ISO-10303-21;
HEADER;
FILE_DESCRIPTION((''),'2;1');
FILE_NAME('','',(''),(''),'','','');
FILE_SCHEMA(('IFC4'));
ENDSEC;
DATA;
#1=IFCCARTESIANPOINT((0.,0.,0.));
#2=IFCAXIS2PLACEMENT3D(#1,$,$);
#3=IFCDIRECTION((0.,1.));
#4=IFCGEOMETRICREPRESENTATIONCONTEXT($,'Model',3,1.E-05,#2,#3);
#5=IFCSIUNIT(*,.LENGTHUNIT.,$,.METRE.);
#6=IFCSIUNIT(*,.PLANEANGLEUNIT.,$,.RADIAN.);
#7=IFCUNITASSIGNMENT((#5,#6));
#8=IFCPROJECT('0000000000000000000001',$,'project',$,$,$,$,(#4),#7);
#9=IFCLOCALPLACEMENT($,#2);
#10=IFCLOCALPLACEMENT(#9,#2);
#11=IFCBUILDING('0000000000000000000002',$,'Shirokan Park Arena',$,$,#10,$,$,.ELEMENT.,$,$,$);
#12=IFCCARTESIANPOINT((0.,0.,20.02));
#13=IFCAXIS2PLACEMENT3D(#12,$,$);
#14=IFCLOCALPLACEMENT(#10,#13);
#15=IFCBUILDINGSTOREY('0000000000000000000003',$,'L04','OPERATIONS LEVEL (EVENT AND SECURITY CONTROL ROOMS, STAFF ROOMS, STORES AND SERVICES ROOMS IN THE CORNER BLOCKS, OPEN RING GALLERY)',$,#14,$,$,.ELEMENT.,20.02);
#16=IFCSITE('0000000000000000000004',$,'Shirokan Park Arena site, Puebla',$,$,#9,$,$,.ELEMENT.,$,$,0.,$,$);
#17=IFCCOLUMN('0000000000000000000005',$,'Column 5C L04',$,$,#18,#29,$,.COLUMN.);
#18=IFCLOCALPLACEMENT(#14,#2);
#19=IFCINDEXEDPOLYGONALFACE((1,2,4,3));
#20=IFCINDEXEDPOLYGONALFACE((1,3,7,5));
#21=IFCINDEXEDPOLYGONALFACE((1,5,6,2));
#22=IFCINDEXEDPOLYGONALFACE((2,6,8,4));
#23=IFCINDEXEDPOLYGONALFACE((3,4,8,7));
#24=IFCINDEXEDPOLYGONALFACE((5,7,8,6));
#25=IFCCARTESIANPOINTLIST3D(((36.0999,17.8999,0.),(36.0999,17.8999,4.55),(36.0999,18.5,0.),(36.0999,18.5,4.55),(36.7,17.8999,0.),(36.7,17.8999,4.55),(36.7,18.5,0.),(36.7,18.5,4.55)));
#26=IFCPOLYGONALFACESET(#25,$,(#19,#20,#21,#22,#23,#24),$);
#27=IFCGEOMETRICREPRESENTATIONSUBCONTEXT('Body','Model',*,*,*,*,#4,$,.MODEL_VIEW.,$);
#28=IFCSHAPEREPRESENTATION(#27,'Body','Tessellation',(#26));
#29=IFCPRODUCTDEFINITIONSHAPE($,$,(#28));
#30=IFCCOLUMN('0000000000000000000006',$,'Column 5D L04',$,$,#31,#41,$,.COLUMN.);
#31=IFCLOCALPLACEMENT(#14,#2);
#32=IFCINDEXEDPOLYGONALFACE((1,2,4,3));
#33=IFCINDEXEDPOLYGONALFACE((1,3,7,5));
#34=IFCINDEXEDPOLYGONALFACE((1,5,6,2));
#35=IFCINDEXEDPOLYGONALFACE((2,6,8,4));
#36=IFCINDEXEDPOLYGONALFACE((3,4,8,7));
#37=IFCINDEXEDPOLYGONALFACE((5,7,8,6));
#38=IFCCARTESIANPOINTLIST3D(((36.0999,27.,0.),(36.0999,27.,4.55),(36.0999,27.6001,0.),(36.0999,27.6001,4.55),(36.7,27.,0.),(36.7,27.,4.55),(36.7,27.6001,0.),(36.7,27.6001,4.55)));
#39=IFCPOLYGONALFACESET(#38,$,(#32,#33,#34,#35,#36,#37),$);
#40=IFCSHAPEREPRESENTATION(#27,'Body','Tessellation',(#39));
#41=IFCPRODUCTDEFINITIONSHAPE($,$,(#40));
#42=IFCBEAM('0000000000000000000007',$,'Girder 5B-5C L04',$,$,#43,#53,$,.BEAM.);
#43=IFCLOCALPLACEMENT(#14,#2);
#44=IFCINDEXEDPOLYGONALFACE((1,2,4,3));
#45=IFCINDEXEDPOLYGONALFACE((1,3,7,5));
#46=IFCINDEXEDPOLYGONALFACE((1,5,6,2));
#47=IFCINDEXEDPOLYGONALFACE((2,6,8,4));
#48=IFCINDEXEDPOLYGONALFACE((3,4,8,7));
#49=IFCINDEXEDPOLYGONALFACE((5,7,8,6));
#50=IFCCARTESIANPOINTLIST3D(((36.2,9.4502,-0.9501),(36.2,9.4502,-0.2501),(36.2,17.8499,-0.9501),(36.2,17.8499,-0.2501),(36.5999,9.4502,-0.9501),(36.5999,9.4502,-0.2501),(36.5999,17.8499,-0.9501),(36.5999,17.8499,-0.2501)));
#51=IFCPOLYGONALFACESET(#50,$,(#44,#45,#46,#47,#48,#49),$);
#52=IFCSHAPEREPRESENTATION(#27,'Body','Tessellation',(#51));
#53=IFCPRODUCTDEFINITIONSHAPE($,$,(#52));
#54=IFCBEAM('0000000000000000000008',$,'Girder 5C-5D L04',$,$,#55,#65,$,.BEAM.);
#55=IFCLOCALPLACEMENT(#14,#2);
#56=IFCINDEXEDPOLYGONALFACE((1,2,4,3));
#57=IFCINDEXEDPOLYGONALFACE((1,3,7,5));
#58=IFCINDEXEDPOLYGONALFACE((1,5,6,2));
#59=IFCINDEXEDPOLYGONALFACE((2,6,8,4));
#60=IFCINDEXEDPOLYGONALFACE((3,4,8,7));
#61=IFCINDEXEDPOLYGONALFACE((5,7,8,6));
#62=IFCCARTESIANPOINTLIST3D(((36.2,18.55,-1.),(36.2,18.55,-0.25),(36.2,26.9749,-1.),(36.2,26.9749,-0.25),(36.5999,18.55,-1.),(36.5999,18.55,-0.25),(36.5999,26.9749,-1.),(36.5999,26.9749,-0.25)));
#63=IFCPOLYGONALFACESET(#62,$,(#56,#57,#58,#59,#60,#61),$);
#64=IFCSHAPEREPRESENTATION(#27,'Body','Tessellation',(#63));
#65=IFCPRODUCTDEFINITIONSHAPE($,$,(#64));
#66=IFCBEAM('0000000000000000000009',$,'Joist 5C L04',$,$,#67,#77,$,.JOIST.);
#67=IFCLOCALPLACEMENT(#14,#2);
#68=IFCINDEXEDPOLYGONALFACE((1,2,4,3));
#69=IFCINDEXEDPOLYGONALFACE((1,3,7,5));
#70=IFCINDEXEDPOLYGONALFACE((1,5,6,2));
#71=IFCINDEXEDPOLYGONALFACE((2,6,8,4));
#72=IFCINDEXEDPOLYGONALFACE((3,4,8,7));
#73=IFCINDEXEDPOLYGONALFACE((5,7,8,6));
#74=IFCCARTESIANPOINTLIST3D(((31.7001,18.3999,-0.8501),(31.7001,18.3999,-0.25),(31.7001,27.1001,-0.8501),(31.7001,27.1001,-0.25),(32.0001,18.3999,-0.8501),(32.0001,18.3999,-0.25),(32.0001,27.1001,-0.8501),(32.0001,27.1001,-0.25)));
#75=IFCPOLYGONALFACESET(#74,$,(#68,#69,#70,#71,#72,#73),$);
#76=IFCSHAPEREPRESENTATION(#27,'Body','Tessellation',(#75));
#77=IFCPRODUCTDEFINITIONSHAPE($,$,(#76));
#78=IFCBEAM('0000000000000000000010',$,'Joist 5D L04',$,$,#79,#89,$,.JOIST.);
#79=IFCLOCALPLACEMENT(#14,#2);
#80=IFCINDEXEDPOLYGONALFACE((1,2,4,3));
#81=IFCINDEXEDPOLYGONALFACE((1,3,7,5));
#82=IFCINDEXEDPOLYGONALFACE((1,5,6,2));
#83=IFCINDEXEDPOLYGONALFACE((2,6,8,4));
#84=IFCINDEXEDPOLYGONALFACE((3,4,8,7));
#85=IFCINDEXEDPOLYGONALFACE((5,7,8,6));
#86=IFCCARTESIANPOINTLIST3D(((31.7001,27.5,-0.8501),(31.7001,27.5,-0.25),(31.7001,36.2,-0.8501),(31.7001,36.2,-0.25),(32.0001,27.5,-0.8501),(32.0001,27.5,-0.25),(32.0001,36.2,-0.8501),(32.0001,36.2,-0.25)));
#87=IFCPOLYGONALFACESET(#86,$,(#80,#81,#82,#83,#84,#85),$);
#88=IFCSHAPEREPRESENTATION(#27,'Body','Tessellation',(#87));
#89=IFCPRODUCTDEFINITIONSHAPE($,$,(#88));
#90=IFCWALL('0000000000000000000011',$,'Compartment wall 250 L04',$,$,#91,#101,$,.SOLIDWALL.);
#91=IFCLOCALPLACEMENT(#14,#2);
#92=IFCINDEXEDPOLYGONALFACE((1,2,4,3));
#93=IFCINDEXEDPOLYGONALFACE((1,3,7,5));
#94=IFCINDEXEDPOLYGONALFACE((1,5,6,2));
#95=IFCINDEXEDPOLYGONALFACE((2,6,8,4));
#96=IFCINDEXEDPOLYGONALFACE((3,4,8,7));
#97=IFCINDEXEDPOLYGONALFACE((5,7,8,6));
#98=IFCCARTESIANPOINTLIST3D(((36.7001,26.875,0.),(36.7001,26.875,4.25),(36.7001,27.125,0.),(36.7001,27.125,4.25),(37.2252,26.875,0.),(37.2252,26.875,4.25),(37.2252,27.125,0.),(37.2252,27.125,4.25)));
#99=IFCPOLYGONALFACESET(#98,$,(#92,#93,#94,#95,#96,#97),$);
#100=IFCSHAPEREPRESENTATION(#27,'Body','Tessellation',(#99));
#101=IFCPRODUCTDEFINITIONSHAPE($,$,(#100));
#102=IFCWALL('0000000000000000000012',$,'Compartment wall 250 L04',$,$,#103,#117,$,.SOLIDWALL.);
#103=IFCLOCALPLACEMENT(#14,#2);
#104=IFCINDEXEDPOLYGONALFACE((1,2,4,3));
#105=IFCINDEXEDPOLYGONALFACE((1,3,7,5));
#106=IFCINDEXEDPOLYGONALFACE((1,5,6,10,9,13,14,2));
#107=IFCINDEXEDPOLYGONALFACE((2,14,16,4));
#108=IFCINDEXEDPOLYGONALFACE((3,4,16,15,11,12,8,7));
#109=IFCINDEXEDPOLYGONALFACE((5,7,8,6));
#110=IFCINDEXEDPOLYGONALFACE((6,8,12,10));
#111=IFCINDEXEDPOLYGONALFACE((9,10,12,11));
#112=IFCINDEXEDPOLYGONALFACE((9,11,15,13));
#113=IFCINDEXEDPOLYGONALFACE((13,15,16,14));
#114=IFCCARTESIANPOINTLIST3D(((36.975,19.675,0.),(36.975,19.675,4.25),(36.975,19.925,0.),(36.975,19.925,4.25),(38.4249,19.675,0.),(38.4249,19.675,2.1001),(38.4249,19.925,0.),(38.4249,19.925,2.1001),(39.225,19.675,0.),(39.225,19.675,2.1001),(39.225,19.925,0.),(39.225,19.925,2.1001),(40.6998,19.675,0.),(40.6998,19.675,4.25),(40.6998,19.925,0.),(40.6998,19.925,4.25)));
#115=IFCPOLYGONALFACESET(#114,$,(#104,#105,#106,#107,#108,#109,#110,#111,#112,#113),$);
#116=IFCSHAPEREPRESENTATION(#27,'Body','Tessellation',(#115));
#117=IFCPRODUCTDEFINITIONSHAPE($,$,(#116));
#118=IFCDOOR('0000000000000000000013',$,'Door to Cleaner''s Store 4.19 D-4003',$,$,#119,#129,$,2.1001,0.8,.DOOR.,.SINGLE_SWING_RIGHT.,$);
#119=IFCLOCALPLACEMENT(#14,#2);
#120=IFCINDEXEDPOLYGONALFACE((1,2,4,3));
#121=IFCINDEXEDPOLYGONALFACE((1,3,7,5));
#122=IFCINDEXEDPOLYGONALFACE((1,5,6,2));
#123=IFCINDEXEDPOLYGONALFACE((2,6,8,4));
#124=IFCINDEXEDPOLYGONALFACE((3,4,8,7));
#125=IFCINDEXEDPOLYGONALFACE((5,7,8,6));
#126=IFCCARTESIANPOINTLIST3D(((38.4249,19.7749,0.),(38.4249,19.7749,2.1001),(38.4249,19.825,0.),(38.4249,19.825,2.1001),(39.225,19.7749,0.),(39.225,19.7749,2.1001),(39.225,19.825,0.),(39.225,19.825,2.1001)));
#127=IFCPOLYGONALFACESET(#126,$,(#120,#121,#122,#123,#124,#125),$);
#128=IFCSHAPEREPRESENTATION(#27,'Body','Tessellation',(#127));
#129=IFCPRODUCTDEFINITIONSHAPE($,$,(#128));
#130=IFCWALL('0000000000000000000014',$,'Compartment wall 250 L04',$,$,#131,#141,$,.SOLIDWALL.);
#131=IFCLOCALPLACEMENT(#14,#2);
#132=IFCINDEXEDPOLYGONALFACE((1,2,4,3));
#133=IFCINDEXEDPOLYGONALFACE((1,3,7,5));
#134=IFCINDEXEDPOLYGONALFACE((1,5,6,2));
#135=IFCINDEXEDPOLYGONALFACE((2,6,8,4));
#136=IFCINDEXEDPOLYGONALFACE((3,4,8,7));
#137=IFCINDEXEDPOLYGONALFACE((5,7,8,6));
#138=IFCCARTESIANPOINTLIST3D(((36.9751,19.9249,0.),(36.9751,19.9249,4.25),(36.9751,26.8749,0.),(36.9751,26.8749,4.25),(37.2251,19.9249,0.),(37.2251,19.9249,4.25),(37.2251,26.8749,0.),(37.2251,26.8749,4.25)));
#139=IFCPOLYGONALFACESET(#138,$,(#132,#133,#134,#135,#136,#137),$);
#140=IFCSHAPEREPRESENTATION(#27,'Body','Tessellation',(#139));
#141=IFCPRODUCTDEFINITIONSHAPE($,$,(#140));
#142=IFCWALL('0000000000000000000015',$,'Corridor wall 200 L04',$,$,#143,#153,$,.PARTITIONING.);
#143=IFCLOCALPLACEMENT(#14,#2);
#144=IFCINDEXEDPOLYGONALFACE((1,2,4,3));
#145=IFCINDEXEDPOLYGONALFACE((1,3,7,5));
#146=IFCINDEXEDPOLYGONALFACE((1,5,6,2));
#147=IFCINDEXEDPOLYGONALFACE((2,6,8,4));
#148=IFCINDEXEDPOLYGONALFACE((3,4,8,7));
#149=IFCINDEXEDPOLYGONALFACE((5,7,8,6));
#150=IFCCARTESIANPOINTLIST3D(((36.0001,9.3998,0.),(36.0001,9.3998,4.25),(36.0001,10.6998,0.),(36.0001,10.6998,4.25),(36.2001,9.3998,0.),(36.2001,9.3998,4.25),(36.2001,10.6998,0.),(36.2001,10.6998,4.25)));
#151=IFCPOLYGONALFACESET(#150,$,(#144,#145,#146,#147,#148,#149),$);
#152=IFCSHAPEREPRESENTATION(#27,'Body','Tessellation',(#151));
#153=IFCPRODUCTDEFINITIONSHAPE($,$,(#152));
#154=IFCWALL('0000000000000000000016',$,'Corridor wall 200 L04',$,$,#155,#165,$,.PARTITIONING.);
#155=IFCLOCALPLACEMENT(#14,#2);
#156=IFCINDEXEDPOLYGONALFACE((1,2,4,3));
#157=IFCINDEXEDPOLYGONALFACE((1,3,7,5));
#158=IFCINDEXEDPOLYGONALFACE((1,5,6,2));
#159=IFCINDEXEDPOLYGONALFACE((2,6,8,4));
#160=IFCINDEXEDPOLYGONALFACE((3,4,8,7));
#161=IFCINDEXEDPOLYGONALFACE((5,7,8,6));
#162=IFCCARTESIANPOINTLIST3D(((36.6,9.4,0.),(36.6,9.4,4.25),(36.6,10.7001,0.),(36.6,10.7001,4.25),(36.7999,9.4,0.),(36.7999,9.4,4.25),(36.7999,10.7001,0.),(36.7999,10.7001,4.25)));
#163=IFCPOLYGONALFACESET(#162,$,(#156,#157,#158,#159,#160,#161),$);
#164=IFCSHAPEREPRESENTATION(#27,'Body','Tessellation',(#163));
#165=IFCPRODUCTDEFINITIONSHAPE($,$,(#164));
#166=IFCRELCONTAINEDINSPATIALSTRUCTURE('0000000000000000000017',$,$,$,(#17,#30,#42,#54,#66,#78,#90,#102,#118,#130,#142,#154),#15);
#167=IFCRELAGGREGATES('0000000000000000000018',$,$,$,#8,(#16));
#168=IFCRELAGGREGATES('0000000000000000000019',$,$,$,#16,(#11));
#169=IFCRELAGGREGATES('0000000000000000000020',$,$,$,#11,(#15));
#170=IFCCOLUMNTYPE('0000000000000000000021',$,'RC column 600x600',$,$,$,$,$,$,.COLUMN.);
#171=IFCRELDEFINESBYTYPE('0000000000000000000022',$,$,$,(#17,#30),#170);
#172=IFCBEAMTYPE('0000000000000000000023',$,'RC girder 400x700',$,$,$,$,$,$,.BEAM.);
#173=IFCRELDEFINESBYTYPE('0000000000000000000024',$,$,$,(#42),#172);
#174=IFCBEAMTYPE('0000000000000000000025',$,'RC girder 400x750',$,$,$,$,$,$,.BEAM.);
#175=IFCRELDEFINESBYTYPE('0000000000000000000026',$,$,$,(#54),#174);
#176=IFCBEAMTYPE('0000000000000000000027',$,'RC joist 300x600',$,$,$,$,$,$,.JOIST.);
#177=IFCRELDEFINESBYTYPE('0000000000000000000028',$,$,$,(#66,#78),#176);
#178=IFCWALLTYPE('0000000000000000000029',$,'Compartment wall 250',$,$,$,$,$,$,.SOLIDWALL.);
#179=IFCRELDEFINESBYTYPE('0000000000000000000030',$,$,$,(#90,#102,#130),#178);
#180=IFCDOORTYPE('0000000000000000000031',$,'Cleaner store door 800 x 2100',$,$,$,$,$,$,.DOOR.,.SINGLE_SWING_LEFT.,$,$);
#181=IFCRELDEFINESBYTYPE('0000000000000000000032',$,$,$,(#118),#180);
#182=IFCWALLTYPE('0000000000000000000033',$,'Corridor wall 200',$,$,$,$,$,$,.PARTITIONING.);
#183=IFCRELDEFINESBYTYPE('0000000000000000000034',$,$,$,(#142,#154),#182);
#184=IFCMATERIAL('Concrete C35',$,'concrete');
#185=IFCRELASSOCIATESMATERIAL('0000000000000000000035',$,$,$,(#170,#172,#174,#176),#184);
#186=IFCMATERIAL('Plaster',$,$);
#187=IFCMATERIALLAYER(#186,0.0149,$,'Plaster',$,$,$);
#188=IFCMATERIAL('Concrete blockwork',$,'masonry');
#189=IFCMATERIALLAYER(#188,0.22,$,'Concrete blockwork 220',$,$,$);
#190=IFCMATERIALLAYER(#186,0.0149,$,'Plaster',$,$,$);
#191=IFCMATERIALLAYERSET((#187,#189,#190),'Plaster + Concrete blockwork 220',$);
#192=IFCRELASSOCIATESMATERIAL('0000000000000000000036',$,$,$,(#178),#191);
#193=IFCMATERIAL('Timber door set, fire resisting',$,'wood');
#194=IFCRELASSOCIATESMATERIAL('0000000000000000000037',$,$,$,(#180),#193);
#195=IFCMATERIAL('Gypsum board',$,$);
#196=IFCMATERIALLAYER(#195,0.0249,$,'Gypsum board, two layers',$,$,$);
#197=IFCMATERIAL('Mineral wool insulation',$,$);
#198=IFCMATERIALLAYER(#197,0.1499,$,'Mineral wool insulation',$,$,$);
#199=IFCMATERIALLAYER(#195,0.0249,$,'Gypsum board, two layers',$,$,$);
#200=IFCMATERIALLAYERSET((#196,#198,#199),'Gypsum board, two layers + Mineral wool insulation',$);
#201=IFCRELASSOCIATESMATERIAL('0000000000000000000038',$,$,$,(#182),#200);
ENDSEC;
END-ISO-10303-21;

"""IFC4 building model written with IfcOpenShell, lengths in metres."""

from ifc_helpers import new_model, si_unit, direction, frame, frame_2d, origin, origin_2d, place, context, subcontext, project, spatial, rectangle, extrude, material, layer, layer_set, material_profile, profile_set, type_object, element, fill, save


model = new_model("IFC4")

# Units and contexts
model_context = context("Model", 3, precision=1e-05, world=origin(), true_north=direction((0.0, 1.0)))
body_context = subcontext(model_context, "Body", "Model", "MODEL_VIEW")
ifc_project = project(units=[si_unit("LENGTHUNIT", "METRE"), si_unit("PLANEANGLEUNIT", "RADIAN")], contexts=[model_context])

# Site, building, storey
site_placement = place(None, origin())
site = spatial("IfcSite", under=ifc_project, at=site_placement, Name="Shirokan Park Arena site, Puebla", CompositionType="ELEMENT", RefElevation=0.0)
building_placement = place(site_placement, origin())
building = spatial("IfcBuilding", under=site, at=building_placement, Name="Shirokan Park Arena", CompositionType="ELEMENT")
storey_placement = place(building_placement, frame((0.0, 0.0, 20.02)))
storey = spatial("IfcBuildingStorey", under=building, at=storey_placement, Name="L04", Description="OPERATIONS LEVEL (EVENT AND SECURITY CONTROL ROOMS, STAFF ROOMS, STORES AND SERVICES ROOMS IN THE CORNER BLOCKS, OPEN RING GALLERY)", CompositionType="ELEMENT", Elevation=20.02)

# Columns
ifc_material_1 = material(Name="Concrete C35", Category="concrete")
ifc_material_profile_1 = material_profile(ifc_material_1, rectangle(XDim=0.6001, YDim=0.6001, at=origin_2d()), Name="600x600")
ifc_profile_set_1 = profile_set([ifc_material_profile_1], Name="Concrete C35")
column_type = type_object("IfcColumnType", Name="RC column 600x600", PredefinedType="COLUMN", material=ifc_profile_set_1)
for number, where, z_axis, x_axis, name in (
    (1, (36.3999, 18.2, 0.0), (0.0, 0.0, 1.0), (1.0, 0.0, 0.0), "Column 5C L04"),
    (2, (36.3999, 27.3, 0.0), (0.0, 0.0, 1.0), (1.0, 0.0, 0.0), "Column 5D L04"),
):
    element("IfcColumn", number, at=place(storey_placement, frame(where, z_axis=z_axis, x_axis=x_axis)), inside=storey, type_object=column_type, Name=name, PredefinedType="COLUMN", context=body_context, shape_type="SweptSolid", body=[
        extrude(rectangle(XDim=0.6001, YDim=0.6001, at=origin_2d()), origin(), (0.0, 0.0, 1.0), 4.55),
    ])

# Beams
ifc_material_profile_2 = material_profile(ifc_material_1, rectangle(XDim=0.3999, YDim=0.7, at=origin_2d()), Name="400x700")
ifc_profile_set_2 = profile_set([ifc_material_profile_2], Name="Concrete C35")
beam_type_1 = type_object("IfcBeamType", Name="RC girder 400x700", PredefinedType="BEAM", material=ifc_profile_set_2)
beam_1_placement = place(storey_placement, frame((36.3999, 9.4502, -0.6001), z_axis=(0.0, 1.0, 0.0), x_axis=(-1.0, 0.0, 0.0)))
element("IfcBeam", 3, at=beam_1_placement, inside=storey, type_object=beam_type_1, Name="Girder 5B-5C L04", PredefinedType="BEAM", context=body_context, shape_type="SweptSolid", body=[
    extrude(rectangle(XDim=0.3999, YDim=0.7, at=origin_2d()), origin(), (0.0, 0.0, 1.0), 8.3997),
])
ifc_material_profile_3 = material_profile(ifc_material_1, rectangle(XDim=0.3999, YDim=0.75, at=origin_2d()), Name="400x750")
ifc_profile_set_3 = profile_set([ifc_material_profile_3], Name="Concrete C35")
beam_type_2 = type_object("IfcBeamType", Name="RC girder 400x750", PredefinedType="BEAM", material=ifc_profile_set_3)
beam_2_placement = place(storey_placement, frame((36.3999, 18.55, -0.625), z_axis=(0.0, 1.0, 0.0), x_axis=(-1.0, 0.0, 0.0)))
element("IfcBeam", 4, at=beam_2_placement, inside=storey, type_object=beam_type_2, Name="Girder 5C-5D L04", PredefinedType="BEAM", context=body_context, shape_type="SweptSolid", body=[
    extrude(rectangle(XDim=0.3999, YDim=0.75, at=origin_2d()), origin(), (0.0, 0.0, 1.0), 8.4248),
])
ifc_material_profile_4 = material_profile(ifc_material_1, rectangle(XDim=0.3, YDim=0.6001, at=origin_2d()), Name="300x600")
ifc_profile_set_4 = profile_set([ifc_material_profile_4], Name="Concrete C35")
beam_type_3 = type_object("IfcBeamType", Name="RC joist 300x600", PredefinedType="JOIST", material=ifc_profile_set_4)
beam_3_placement = place(storey_placement, frame((31.8501, 18.3999, -0.55), z_axis=(0.0, 1.0, 0.0), x_axis=(-1.0, 0.0, 0.0)))
element("IfcBeam", 5, at=beam_3_placement, inside=storey, type_object=beam_type_3, Name="Joist 5C L04", PredefinedType="JOIST", context=body_context, shape_type="SweptSolid", body=[
    extrude(rectangle(XDim=0.3, YDim=0.6001, at=origin_2d()), origin(), (0.0, 0.0, 1.0), 8.7002),
])
beam_4_placement = place(storey_placement, frame((31.8501, 27.5, -0.55), z_axis=(0.0, 1.0, 0.0), x_axis=(-1.0, 0.0, 0.0)))
element("IfcBeam", 6, at=beam_4_placement, inside=storey, type_object=beam_type_3, Name="Joist 5D L04", PredefinedType="JOIST", context=body_context, shape_type="SweptSolid", body=[
    extrude(rectangle(XDim=0.3, YDim=0.6001, at=origin_2d()), origin(), (0.0, 0.0, 1.0), 8.7),
])

# Wall
ifc_material_2 = material(Name="Plaster")
ifc_layer_1 = layer(ifc_material_2, 0.0149, Name="Plaster")
ifc_material_3 = material(Name="Concrete blockwork", Category="masonry")
ifc_layer_2 = layer(ifc_material_3, 0.22, Name="Concrete blockwork 220")
ifc_layer_3 = layer(ifc_material_2, 0.0149, Name="Plaster")
ifc_layer_set_1 = layer_set([ifc_layer_1, ifc_layer_2, ifc_layer_3], Name="Plaster + Concrete blockwork 220")
wall_type_1 = type_object("IfcWallType", Name="Compartment wall 250", PredefinedType="SOLIDWALL", material=ifc_layer_set_1)
wall_1_placement = place(storey_placement, frame((36.7, 27.0, 0.0), z_axis=(0.0, 0.0, 1.0), x_axis=(1.0, 0.0, 0.0)))
element("IfcWall", 7, at=wall_1_placement, inside=storey, type_object=wall_type_1, Name="Compartment wall 250 L04", PredefinedType="SOLIDWALL", context=body_context, shape_type="SweptSolid", body=[
    extrude(rectangle(XDim=0.5251, YDim=0.25, at=frame_2d((0.2627, 0.0))), origin(), (0.0, 0.0, 1.0), 4.25),
])

# Wall, opening, door
wall_2_placement = place(storey_placement, frame((36.9751, 19.8, 0.0), z_axis=(0.0, 0.0, 1.0), x_axis=(1.0, 0.0, 0.0)))
wall_2 = element("IfcWall", 8, at=wall_2_placement, inside=storey, type_object=wall_type_1, Name="Compartment wall 250 L04", PredefinedType="SOLIDWALL", context=body_context, shape_type="SweptSolid", body=[
    extrude(rectangle(XDim=3.7249, YDim=0.25, at=frame_2d((1.8623, 0.0))), origin(), (0.0, 0.0, 1.0), 4.25),
])
opening_1_placement = place(wall_2_placement, frame((1.45, 0.0, 0.0)))
opening_1 = element("IfcOpeningElement", 9, at=opening_1_placement, cuts=wall_2, PredefinedType="OPENING", context=body_context, shape_type="SweptSolid", body=[
    extrude(rectangle(XDim=0.8, YDim=2.1001, at=frame_2d((0.3999, 1.05))), frame((0.0, 0.135, 0.0), z_axis=(0.0, -1.0, 0.0), x_axis=(1.0, 0.0, 0.0)), (0.0, 0.0, 1.0), 0.27),
])
ifc_material_4 = material(Name="Timber door set, fire resisting", Category="wood")
door_type_1 = type_object("IfcDoorType", Name="Cleaner store door 800 x 2100", OperationType="SINGLE_SWING_LEFT", PredefinedType="DOOR", material=ifc_material_4)
door_1_placement = place(opening_1_placement, origin())
door_1 = element("IfcDoor", 10, at=door_1_placement, inside=storey, type_object=door_type_1, Name="Door to Cleaner's Store 4.19 D-4003", OperationType="SINGLE_SWING_RIGHT", OverallHeight=2.1001, OverallWidth=0.8, PredefinedType="DOOR", context=body_context, shape_type="SweptSolid", body=[
    extrude(rectangle(XDim=0.8, YDim=2.1001, at=frame_2d((0.3999, 1.05))), frame((0.0, 0.0249, 0.0), z_axis=(0.0, -1.0, 0.0), x_axis=(1.0, 0.0, 0.0)), (0.0, 0.0, 1.0), 0.05),
])
fill(opening_1, door_1)

# Wall
wall_3_placement = place(storey_placement, frame((37.1001, 26.875, 0.0), z_axis=(0.0, 0.0, 1.0), x_axis=(0.0, -1.0, 0.0)))
element("IfcWall", 11, at=wall_3_placement, inside=storey, type_object=wall_type_1, Name="Compartment wall 250 L04", PredefinedType="SOLIDWALL", context=body_context, shape_type="SweptSolid", body=[
    extrude(rectangle(XDim=6.95, YDim=0.25, at=frame_2d((3.4751, 0.0))), origin(), (0.0, 0.0, 1.0), 4.25),
])

# Shared definitions
ifc_material_5 = material(Name="Gypsum board")
ifc_layer_4 = layer(ifc_material_5, 0.0249, Name="Gypsum board, two layers")
ifc_material_6 = material(Name="Mineral wool insulation")
ifc_layer_5 = layer(ifc_material_6, 0.1499, Name="Mineral wool insulation")
ifc_layer_6 = layer(ifc_material_5, 0.0249, Name="Gypsum board, two layers")
ifc_layer_set_2 = layer_set([ifc_layer_4, ifc_layer_5, ifc_layer_6], Name="Gypsum board, two layers + Mineral wool insulation")
wall_type_2 = type_object("IfcWallType", Name="Corridor wall 200", PredefinedType="PARTITIONING", material=ifc_layer_set_2)

# Wall
wall_4_placement = place(storey_placement, frame((36.1001, 9.3999, 0.0), z_axis=(0.0, 0.0, 1.0), x_axis=(0.0, 1.0, 0.0)))
element("IfcWall", 12, at=wall_4_placement, inside=storey, type_object=wall_type_2, Name="Corridor wall 200 L04", PredefinedType="PARTITIONING", context=body_context, shape_type="SweptSolid", body=[
    extrude(rectangle(XDim=1.3, YDim=0.2, at=frame_2d((0.6499, 0.0))), origin(), (0.0, 0.0, 1.0), 4.25),
])

# Wall
wall_5_placement = place(storey_placement, frame((36.7, 10.7, 0.0), z_axis=(0.0, 0.0, 1.0), x_axis=(0.0, -1.0, 0.0)))
element("IfcWall", 13, at=wall_5_placement, inside=storey, type_object=wall_type_2, Name="Corridor wall 200 L04", PredefinedType="PARTITIONING", context=body_context, shape_type="SweptSolid", body=[
    extrude(rectangle(XDim=1.3, YDim=0.2, at=frame_2d((0.6499, 0.0))), origin(), (0.0, 0.0, 1.0), 4.25),
])

save(model, "model.ifc")
